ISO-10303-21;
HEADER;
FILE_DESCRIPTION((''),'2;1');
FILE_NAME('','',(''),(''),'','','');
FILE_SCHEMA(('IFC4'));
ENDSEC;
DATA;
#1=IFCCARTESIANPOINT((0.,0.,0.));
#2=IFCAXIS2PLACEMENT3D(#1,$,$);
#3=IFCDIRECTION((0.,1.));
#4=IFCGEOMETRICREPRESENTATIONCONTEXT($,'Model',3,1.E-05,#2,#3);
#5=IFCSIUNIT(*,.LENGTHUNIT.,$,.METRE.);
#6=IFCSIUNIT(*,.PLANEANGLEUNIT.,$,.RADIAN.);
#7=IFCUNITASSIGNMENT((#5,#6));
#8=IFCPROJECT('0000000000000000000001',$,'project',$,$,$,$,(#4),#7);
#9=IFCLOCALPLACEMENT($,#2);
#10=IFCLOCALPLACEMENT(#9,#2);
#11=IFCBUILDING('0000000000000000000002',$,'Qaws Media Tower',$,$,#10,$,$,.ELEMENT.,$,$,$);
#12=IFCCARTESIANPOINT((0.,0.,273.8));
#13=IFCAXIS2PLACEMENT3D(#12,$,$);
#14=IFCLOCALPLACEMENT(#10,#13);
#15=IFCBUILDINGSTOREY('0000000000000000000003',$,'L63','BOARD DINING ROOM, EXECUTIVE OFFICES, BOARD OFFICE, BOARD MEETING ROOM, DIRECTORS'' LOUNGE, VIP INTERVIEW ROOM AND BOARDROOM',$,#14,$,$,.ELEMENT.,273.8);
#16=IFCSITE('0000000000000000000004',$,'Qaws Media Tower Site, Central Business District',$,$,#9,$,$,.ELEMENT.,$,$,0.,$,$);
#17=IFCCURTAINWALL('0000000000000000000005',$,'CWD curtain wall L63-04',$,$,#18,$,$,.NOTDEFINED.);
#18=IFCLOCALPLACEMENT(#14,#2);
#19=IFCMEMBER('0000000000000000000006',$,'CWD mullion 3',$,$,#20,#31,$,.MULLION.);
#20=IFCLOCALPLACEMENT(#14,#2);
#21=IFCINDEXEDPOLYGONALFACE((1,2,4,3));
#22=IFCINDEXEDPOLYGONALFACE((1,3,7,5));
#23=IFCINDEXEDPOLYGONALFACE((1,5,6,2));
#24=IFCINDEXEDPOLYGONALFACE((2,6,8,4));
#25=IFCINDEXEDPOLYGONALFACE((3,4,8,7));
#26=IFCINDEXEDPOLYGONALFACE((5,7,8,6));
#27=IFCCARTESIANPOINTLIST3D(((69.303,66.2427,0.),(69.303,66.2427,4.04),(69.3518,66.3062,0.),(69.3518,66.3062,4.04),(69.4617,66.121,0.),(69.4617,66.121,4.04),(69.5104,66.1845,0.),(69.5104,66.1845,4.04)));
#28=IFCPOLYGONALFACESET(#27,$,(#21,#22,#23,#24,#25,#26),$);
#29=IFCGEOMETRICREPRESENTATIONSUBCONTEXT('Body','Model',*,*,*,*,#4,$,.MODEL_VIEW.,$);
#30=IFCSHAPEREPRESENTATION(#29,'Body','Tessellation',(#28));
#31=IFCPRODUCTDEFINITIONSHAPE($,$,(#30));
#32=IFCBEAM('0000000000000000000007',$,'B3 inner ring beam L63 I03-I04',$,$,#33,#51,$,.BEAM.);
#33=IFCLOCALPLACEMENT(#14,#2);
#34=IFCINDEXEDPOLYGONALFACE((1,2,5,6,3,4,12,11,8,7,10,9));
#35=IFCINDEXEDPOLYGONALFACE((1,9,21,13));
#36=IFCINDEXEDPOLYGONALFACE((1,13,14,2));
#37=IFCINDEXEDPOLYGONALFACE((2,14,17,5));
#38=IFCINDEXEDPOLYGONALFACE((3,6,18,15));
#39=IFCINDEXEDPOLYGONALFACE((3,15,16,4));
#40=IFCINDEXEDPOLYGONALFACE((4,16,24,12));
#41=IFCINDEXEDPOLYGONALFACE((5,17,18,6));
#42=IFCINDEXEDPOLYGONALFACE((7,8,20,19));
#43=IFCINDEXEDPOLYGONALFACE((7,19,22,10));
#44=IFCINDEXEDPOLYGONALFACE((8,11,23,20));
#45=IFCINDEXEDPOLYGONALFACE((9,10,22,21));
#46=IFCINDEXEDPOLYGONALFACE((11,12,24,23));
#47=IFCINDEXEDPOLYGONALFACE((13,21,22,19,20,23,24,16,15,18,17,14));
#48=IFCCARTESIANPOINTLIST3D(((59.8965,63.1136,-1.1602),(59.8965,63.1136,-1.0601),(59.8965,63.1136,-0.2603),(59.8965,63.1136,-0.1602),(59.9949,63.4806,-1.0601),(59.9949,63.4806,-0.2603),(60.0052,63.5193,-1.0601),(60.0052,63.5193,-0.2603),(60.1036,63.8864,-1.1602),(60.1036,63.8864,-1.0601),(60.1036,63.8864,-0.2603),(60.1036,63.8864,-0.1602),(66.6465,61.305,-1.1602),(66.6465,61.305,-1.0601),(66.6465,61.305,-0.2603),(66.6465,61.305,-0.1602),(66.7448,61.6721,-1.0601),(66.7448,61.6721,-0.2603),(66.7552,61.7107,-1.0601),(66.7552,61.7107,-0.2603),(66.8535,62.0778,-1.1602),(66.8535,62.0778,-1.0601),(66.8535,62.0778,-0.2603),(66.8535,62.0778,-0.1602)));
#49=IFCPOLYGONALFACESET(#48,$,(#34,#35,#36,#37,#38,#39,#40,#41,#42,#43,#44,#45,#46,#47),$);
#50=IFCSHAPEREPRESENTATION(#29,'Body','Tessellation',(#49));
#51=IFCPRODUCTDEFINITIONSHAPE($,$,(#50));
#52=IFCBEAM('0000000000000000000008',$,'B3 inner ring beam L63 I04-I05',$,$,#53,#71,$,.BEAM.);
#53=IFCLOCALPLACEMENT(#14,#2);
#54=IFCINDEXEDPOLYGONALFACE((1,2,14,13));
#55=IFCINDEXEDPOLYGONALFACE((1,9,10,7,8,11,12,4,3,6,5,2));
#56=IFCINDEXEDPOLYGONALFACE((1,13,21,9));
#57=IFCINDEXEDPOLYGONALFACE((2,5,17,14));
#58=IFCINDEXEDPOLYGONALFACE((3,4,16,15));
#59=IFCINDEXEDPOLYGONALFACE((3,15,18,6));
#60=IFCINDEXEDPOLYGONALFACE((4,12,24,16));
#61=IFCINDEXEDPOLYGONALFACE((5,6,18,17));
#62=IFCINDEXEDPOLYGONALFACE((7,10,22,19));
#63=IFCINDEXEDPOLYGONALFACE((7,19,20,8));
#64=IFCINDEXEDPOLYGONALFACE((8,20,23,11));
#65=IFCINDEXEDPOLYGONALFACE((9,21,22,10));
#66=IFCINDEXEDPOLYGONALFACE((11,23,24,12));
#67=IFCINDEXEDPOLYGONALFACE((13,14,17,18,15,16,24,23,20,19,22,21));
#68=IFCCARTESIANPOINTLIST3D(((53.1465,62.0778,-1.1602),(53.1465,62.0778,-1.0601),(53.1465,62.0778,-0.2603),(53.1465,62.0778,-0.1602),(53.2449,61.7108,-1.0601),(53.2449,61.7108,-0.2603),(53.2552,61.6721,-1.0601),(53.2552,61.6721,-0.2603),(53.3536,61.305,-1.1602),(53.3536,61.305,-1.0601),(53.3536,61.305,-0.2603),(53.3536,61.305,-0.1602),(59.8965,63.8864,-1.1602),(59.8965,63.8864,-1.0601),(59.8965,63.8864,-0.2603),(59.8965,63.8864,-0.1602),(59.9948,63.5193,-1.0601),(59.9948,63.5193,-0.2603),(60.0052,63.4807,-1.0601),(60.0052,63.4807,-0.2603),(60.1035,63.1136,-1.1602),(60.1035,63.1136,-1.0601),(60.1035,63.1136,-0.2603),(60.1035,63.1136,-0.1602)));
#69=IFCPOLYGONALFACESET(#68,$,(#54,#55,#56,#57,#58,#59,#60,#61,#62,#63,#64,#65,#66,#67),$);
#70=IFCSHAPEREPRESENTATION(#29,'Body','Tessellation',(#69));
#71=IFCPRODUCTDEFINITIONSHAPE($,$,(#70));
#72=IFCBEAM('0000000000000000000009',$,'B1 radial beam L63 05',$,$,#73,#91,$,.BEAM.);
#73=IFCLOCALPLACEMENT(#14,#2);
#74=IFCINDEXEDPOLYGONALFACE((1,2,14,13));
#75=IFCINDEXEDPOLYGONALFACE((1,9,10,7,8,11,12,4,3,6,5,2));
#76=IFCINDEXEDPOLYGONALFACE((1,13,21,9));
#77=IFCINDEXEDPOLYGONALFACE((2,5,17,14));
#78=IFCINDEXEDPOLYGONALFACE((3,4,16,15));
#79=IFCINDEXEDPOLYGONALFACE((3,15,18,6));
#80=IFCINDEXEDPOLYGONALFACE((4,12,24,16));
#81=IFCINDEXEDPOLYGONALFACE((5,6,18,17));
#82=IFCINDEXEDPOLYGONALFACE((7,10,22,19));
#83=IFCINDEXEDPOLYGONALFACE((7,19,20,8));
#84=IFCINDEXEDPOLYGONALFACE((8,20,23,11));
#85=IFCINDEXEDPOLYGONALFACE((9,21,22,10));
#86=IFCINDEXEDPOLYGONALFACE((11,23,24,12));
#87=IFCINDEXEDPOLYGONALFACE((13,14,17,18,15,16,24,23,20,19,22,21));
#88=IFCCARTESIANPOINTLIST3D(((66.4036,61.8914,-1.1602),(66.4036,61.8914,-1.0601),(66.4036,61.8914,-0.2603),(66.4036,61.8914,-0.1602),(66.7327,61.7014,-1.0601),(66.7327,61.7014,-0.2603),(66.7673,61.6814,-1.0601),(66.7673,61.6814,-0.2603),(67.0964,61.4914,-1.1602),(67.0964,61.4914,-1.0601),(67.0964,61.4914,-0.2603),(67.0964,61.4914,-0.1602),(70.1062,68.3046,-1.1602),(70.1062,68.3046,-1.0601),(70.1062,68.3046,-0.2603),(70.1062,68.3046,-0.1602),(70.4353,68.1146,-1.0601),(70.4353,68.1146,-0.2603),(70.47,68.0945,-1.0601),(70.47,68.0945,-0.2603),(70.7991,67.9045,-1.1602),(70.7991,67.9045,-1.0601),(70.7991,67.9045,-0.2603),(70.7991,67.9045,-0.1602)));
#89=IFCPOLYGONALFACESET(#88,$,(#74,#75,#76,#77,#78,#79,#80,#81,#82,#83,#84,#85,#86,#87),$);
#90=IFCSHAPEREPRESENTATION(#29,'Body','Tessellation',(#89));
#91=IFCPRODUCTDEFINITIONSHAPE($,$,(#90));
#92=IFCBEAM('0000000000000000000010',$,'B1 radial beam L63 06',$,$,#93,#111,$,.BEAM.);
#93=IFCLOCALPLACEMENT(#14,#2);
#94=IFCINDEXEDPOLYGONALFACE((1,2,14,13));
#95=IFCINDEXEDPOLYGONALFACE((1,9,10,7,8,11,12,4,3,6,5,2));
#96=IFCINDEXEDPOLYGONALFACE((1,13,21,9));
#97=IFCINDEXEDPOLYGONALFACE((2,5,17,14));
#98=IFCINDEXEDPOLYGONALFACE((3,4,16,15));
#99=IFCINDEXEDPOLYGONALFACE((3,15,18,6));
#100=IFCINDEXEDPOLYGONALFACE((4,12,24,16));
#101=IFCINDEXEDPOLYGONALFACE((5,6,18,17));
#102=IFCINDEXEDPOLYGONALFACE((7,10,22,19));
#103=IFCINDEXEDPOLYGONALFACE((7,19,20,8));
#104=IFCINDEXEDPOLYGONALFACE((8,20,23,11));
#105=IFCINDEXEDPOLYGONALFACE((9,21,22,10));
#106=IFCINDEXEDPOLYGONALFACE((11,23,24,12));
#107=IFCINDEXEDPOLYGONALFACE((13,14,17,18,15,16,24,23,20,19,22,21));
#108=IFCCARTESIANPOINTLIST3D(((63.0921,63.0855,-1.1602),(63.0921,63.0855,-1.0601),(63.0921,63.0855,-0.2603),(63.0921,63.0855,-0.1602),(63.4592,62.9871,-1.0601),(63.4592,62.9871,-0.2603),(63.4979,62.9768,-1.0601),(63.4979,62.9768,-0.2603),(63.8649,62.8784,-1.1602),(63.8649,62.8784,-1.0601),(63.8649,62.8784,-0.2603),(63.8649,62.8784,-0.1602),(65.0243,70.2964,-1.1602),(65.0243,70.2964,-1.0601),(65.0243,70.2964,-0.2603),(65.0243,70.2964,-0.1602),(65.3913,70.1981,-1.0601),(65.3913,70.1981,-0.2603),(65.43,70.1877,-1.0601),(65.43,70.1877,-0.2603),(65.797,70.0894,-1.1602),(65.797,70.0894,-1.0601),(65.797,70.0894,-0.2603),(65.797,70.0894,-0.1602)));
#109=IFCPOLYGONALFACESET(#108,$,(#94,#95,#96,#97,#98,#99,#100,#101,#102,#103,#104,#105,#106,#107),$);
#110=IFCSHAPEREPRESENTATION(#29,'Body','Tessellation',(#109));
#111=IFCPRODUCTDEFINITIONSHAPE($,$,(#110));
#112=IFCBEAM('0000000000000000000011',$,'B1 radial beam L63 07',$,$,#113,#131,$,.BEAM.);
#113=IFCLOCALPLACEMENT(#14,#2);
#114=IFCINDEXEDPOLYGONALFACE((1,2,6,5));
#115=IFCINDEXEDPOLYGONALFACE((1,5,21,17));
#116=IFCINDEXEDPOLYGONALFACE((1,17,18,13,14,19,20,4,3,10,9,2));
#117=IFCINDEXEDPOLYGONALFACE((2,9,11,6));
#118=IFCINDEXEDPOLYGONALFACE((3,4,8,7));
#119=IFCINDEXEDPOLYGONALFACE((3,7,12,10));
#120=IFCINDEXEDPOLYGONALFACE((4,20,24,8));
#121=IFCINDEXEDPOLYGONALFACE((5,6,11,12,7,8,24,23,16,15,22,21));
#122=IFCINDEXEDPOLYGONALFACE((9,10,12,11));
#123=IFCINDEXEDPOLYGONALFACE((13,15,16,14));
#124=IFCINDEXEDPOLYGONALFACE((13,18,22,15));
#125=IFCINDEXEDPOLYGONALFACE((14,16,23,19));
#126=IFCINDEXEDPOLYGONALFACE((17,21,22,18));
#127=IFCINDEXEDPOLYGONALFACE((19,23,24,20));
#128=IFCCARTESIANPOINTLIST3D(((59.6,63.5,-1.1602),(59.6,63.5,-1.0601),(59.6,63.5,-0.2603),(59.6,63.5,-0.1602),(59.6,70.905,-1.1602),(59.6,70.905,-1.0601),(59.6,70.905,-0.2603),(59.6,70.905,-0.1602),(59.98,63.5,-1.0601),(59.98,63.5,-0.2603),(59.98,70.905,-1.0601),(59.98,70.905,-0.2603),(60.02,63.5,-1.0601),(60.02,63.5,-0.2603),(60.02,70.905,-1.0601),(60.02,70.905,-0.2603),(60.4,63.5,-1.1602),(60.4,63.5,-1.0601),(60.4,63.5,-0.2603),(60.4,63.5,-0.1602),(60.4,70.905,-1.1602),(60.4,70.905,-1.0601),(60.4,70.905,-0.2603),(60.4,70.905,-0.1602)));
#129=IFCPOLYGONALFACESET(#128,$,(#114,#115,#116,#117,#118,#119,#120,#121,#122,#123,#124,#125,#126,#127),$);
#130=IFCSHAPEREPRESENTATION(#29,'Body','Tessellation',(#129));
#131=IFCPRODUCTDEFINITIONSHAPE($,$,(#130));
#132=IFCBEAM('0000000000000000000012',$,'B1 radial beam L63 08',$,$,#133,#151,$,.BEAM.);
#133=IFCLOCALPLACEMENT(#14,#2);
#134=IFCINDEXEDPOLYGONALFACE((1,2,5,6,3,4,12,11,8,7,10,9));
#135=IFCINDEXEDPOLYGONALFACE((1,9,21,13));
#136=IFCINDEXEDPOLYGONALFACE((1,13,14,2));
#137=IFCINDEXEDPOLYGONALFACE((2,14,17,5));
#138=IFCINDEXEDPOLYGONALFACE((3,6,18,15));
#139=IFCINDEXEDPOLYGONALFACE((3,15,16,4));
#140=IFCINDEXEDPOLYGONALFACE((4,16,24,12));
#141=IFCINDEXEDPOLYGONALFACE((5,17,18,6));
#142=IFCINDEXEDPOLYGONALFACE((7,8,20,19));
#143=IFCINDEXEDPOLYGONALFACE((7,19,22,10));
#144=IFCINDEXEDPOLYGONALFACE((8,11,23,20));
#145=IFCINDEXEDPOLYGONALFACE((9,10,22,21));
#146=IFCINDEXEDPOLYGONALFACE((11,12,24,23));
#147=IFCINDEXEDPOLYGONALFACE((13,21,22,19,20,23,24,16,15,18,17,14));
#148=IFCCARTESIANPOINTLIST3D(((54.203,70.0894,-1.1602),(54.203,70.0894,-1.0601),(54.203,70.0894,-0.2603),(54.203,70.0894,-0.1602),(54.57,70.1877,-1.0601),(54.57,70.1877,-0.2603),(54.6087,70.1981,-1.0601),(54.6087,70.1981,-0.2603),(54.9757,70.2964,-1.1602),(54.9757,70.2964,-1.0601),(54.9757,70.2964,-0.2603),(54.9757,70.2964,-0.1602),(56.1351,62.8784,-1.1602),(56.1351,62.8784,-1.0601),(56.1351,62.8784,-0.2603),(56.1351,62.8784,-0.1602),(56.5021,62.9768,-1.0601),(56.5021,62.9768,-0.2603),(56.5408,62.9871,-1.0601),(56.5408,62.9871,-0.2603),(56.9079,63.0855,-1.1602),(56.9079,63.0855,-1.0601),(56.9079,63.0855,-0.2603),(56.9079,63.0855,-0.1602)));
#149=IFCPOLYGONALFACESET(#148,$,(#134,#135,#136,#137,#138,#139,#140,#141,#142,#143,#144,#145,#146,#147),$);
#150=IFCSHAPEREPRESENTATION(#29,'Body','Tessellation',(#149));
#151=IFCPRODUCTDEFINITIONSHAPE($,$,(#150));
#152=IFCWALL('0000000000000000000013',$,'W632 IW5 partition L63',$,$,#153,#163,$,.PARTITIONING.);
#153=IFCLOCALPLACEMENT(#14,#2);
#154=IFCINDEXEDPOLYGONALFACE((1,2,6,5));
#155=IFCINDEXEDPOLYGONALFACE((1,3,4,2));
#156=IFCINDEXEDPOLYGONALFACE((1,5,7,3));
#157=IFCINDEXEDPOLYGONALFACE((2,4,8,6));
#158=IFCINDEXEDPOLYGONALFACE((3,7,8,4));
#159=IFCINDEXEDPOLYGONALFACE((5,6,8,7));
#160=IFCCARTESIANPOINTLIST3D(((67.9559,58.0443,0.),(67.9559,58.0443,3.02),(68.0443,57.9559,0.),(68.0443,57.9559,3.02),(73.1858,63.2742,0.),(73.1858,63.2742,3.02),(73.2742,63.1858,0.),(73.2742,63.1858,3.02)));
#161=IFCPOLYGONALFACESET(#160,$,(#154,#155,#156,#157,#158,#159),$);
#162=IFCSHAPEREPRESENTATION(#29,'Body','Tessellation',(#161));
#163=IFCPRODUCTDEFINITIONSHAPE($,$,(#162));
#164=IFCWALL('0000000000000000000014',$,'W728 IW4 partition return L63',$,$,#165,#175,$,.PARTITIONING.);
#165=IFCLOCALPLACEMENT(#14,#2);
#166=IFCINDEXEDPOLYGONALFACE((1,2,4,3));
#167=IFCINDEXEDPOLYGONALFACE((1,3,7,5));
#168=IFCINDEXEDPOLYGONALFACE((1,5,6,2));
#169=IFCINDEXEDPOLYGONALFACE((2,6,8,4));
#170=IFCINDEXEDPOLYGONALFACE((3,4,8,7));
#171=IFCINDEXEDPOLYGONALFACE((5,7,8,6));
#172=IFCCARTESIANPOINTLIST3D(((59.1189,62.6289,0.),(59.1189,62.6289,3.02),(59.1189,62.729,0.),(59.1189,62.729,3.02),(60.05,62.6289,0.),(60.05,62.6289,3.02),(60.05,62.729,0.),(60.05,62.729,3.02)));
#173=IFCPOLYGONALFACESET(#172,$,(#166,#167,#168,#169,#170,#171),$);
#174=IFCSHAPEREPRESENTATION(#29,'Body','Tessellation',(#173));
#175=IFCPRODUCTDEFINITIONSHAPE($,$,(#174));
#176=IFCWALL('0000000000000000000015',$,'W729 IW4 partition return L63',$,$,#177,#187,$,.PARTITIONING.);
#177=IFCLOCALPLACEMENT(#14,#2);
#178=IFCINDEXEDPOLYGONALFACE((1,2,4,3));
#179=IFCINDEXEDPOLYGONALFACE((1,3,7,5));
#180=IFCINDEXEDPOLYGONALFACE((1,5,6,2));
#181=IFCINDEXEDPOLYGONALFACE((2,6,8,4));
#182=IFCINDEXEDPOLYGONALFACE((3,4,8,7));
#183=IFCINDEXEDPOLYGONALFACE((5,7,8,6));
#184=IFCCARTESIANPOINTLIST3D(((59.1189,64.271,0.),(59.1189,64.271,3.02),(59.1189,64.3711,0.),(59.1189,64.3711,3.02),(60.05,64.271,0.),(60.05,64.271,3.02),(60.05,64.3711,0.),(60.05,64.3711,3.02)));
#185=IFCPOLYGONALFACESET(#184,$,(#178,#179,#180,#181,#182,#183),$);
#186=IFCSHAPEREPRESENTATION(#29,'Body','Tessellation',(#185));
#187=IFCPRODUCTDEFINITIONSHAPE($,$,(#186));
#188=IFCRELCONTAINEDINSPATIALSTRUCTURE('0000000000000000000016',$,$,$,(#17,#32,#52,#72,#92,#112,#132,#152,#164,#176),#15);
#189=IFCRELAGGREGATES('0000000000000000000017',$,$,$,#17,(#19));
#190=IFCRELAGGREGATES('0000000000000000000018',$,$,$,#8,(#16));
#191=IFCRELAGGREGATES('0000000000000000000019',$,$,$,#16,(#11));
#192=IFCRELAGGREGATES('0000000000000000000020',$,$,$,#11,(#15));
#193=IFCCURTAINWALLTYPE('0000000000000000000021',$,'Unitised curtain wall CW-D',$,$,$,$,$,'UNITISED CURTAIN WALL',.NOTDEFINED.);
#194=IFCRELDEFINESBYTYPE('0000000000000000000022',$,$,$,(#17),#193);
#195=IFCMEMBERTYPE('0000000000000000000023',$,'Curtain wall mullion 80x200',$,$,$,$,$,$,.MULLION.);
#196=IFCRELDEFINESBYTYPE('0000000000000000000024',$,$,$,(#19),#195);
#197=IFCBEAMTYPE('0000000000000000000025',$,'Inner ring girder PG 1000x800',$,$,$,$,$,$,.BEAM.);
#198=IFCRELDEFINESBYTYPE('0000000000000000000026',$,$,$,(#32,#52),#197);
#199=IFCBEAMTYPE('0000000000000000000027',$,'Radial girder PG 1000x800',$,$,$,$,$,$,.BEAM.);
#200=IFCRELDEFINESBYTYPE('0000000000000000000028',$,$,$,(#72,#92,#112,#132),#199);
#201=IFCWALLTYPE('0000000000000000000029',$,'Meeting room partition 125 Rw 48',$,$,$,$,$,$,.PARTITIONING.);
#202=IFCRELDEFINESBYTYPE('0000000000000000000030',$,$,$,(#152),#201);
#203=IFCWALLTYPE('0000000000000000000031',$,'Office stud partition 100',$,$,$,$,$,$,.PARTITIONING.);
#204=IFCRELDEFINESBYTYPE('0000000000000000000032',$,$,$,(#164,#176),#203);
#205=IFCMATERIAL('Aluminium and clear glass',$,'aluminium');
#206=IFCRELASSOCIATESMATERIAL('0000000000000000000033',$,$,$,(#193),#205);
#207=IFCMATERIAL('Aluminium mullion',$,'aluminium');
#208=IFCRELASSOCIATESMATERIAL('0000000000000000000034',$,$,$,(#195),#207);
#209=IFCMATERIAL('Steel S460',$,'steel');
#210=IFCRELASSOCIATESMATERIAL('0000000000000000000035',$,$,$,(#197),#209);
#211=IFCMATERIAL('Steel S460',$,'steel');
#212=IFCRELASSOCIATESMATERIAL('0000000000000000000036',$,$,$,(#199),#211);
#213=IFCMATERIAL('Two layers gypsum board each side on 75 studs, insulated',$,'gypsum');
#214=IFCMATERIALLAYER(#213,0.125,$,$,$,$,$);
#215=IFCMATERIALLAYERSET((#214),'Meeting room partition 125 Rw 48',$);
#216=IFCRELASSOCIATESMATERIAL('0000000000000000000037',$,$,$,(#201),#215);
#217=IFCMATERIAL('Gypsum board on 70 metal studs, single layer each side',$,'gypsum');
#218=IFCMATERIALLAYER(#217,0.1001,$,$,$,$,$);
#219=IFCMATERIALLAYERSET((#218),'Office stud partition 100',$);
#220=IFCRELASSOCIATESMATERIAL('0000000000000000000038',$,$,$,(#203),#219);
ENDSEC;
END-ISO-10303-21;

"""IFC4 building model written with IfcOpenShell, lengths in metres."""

from ifc_helpers import new_model, si_unit, direction, frame, frame_2d, origin, origin_2d, place, context, subcontext, project, spatial, rectangle, i_section, extrude, material, layer, layer_set, material_profile, profile_set, type_object, element, aggregate, save


model = new_model("IFC4")

# Units and contexts
model_context = context("Model", 3, precision=1e-05, world=origin(), true_north=direction((0.0, 1.0)))
body_context = subcontext(model_context, "Body", "Model", "MODEL_VIEW")
ifc_project = project(units=[si_unit("LENGTHUNIT", "METRE"), si_unit("PLANEANGLEUNIT", "RADIAN")], contexts=[model_context])

# Site, building, storey
site_placement = place(None, origin())
site = spatial("IfcSite", under=ifc_project, at=site_placement, Name="Qaws Media Tower Site, Central Business District", CompositionType="ELEMENT", RefElevation=0.0)
building_placement = place(site_placement, origin())
building = spatial("IfcBuilding", under=site, at=building_placement, Name="Qaws Media Tower", CompositionType="ELEMENT")
storey_placement = place(building_placement, frame((0.0, 0.0, 273.8)))
storey = spatial("IfcBuildingStorey", under=building, at=storey_placement, Name="L63", Description="BOARD DINING ROOM, EXECUTIVE OFFICES, BOARD OFFICE, BOARD MEETING ROOM, DIRECTORS' LOUNGE, VIP INTERVIEW ROOM AND BOARDROOM", CompositionType="ELEMENT", Elevation=273.8)

# Curtain wall, member
ifc_material_1 = material(Name="Aluminium and clear glass", Category="aluminium")
curtain_wall_type = type_object("IfcCurtainWallType", Name="Unitised curtain wall CW-D", ElementType="UNITISED CURTAIN WALL", PredefinedType="NOTDEFINED", material=ifc_material_1)
curtain_wall_placement = place(storey_placement, origin())
curtain_wall = element("IfcCurtainWall", 1, at=curtain_wall_placement, inside=storey, type_object=curtain_wall_type, Name="CWD curtain wall L63-04", PredefinedType="NOTDEFINED")
ifc_material_2 = material(Name="Aluminium mullion", Category="aluminium")
ifc_material_profile_1 = material_profile(ifc_material_2, rectangle(XDim=0.0801, YDim=0.2, at=origin_2d()), Name="80x200")
ifc_profile_set_1 = profile_set([ifc_material_profile_1], Name="Aluminium mullion")
member_type = type_object("IfcMemberType", Name="Curtain wall mullion 80x200", PredefinedType="MULLION", material=ifc_profile_set_1)
member_placement = place(storey_placement, frame((69.4067, 66.2136, 0.0), z_axis=(0.0, 0.0, 1.0), x_axis=(-0.608761, -0.793353, 0.0)))
member = element("IfcMember", 2, at=member_placement, type_object=member_type, Name="CWD mullion 3", PredefinedType="MULLION", context=body_context, shape_type="SweptSolid", body=[
    extrude(rectangle(XDim=0.0801, YDim=0.2, at=origin_2d()), origin(), (0.0, 0.0, 1.0), 4.04),
])
aggregate(curtain_wall, [member])

# Beams
ifc_material_3 = material(Name="Steel S460", Category="steel")
ifc_material_profile_2 = material_profile(ifc_material_3, i_section(OverallWidth=0.8, OverallDepth=1.0, WebThickness=0.04, FlangeThickness=0.1001, at=origin_2d()), Name="PG 1000x800")
ifc_profile_set_2 = profile_set([ifc_material_profile_2], Name="Steel S460")
beam_type_1 = type_object("IfcBeamType", Name="Inner ring girder PG 1000x800", PredefinedType="BEAM", material=ifc_profile_set_2)
for number, where, z_axis, x_axis, name in (
    (3, (66.75, 61.6914, -0.6602), (-0.965928, 0.258811, 0.0), (-0.258811, -0.965928, 0.0), "B3 inner ring beam L63 I03-I04"),
    (4, (60.0, 63.5, -0.6602), (-0.965928, -0.258811, 0.0), (0.258811, -0.965928, 0.0), "B3 inner ring beam L63 I04-I05"),
):
    element("IfcBeam", number, at=place(storey_placement, frame(where, z_axis=z_axis, x_axis=x_axis)), inside=storey, type_object=beam_type_1, Name=name, PredefinedType="BEAM", context=body_context, shape_type="SweptSolid", body=[
        extrude(i_section(OverallWidth=0.8, OverallDepth=1.0, WebThickness=0.04, FlangeThickness=0.1001, at=origin_2d()), origin(), (0.0, 0.0, 1.0), 6.988),
    ])
ifc_material_4 = material(Name="Steel S460", Category="steel")
ifc_material_profile_3 = material_profile(ifc_material_4, i_section(OverallWidth=0.8, OverallDepth=1.0, WebThickness=0.04, FlangeThickness=0.1001, at=origin_2d()), Name="PG 1000x800")
ifc_profile_set_3 = profile_set([ifc_material_profile_3], Name="Steel S460")
beam_type_2 = type_object("IfcBeamType", Name="Radial girder PG 1000x800", PredefinedType="BEAM", material=ifc_profile_set_3)
beam_1_placement = place(storey_placement, frame((66.75, 61.6914, -0.6602), z_axis=(0.500004, 0.866023, 0.0), x_axis=(-0.866023, 0.500004, 0.0)))
element("IfcBeam", 5, at=beam_1_placement, inside=storey, type_object=beam_type_2, Name="B1 radial beam L63 05", PredefinedType="BEAM", context=body_context, shape_type="SweptSolid", body=[
    extrude(i_section(OverallWidth=0.8, OverallDepth=1.0, WebThickness=0.04, FlangeThickness=0.1001, at=origin_2d()), origin(), (0.0, 0.0, 1.0), 7.4053),
])
beam_2_placement = place(storey_placement, frame((63.4785, 62.9819, -0.6602), z_axis=(0.258815, 0.965927, 0.0), x_axis=(-0.965927, 0.258815, 0.0)))
element("IfcBeam", 6, at=beam_2_placement, inside=storey, type_object=beam_type_2, Name="B1 radial beam L63 06", PredefinedType="BEAM", context=body_context, shape_type="SweptSolid", body=[
    extrude(i_section(OverallWidth=0.8, OverallDepth=1.0, WebThickness=0.04, FlangeThickness=0.1001, at=origin_2d()), origin(), (0.0, 0.0, 1.0), 7.4653),
])
beam_3_placement = place(storey_placement, frame((60.0, 63.5, -0.6602), z_axis=(0.0, 1.0, 0.0), x_axis=(-1.0, 0.0, 0.0)))
element("IfcBeam", 7, at=beam_3_placement, inside=storey, type_object=beam_type_2, Name="B1 radial beam L63 07", PredefinedType="BEAM", context=body_context, shape_type="SweptSolid", body=[
    extrude(i_section(OverallWidth=0.8, OverallDepth=1.0, WebThickness=0.04, FlangeThickness=0.1001, at=origin_2d()), origin(), (0.0, 0.0, 1.0), 7.405),
])
beam_4_placement = place(storey_placement, frame((56.5215, 62.9819, -0.6602), z_axis=(-0.258815, 0.965927, 0.0), x_axis=(-0.965927, -0.258815, 0.0)))
element("IfcBeam", 8, at=beam_4_placement, inside=storey, type_object=beam_type_2, Name="B1 radial beam L63 08", PredefinedType="BEAM", context=body_context, shape_type="SweptSolid", body=[
    extrude(i_section(OverallWidth=0.8, OverallDepth=1.0, WebThickness=0.04, FlangeThickness=0.1001, at=origin_2d()), origin(), (0.0, 0.0, 1.0), 7.4653),
])

# Walls
ifc_material_5 = material(Name="Two layers gypsum board each side on 75 studs, insulated", Category="gypsum")
ifc_layer_1 = layer(ifc_material_5, 0.125)
ifc_layer_set_1 = layer_set([ifc_layer_1], Name="Meeting room partition 125 Rw 48")
wall_type_1 = type_object("IfcWallType", Name="Meeting room partition 125 Rw 48", PredefinedType="PARTITIONING", material=ifc_layer_set_1)
wall_1_placement = place(storey_placement, frame((68.0, 58.0, 0.0), z_axis=(0.0, 0.0, 1.0), x_axis=(0.707107, 0.707107, 0.0)))
element("IfcWall", 9, at=wall_1_placement, inside=storey, type_object=wall_type_1, Name="W632 IW5 partition L63", PredefinedType="PARTITIONING", context=body_context, shape_type="SweptSolid", body=[
    extrude(rectangle(XDim=7.3962, YDim=0.125, at=frame_2d((3.6982, 0.0))), origin(), (0.0, 0.0, 1.0), 3.02),
])
ifc_material_6 = material(Name="Gypsum board on 70 metal studs, single layer each side", Category="gypsum")
ifc_layer_2 = layer(ifc_material_6, 0.1001)
ifc_layer_set_2 = layer_set([ifc_layer_2], Name="Office stud partition 100")
wall_type_2 = type_object("IfcWallType", Name="Office stud partition 100", PredefinedType="PARTITIONING", material=ifc_layer_set_2)
for number, where, z_axis, x_axis, name in (
    (10, (60.05, 62.679, 0.0), (0.0, 0.0, 1.0), (-1.0, 0.0, 0.0), "W728 IW4 partition return L63"),
    (11, (60.05, 64.321, 0.0), (0.0, 0.0, 1.0), (-1.0, 0.0, 0.0), "W729 IW4 partition return L63"),
):
    element("IfcWall", number, at=place(storey_placement, frame(where, z_axis=z_axis, x_axis=x_axis)), inside=storey, type_object=wall_type_2, Name=name, PredefinedType="PARTITIONING", context=body_context, shape_type="SweptSolid", body=[
        extrude(rectangle(XDim=0.9312, YDim=0.1001, at=frame_2d((0.4656, 0.0))), origin(), (0.0, 0.0, 1.0), 3.02),
    ])

save(model, "model.ifc")
